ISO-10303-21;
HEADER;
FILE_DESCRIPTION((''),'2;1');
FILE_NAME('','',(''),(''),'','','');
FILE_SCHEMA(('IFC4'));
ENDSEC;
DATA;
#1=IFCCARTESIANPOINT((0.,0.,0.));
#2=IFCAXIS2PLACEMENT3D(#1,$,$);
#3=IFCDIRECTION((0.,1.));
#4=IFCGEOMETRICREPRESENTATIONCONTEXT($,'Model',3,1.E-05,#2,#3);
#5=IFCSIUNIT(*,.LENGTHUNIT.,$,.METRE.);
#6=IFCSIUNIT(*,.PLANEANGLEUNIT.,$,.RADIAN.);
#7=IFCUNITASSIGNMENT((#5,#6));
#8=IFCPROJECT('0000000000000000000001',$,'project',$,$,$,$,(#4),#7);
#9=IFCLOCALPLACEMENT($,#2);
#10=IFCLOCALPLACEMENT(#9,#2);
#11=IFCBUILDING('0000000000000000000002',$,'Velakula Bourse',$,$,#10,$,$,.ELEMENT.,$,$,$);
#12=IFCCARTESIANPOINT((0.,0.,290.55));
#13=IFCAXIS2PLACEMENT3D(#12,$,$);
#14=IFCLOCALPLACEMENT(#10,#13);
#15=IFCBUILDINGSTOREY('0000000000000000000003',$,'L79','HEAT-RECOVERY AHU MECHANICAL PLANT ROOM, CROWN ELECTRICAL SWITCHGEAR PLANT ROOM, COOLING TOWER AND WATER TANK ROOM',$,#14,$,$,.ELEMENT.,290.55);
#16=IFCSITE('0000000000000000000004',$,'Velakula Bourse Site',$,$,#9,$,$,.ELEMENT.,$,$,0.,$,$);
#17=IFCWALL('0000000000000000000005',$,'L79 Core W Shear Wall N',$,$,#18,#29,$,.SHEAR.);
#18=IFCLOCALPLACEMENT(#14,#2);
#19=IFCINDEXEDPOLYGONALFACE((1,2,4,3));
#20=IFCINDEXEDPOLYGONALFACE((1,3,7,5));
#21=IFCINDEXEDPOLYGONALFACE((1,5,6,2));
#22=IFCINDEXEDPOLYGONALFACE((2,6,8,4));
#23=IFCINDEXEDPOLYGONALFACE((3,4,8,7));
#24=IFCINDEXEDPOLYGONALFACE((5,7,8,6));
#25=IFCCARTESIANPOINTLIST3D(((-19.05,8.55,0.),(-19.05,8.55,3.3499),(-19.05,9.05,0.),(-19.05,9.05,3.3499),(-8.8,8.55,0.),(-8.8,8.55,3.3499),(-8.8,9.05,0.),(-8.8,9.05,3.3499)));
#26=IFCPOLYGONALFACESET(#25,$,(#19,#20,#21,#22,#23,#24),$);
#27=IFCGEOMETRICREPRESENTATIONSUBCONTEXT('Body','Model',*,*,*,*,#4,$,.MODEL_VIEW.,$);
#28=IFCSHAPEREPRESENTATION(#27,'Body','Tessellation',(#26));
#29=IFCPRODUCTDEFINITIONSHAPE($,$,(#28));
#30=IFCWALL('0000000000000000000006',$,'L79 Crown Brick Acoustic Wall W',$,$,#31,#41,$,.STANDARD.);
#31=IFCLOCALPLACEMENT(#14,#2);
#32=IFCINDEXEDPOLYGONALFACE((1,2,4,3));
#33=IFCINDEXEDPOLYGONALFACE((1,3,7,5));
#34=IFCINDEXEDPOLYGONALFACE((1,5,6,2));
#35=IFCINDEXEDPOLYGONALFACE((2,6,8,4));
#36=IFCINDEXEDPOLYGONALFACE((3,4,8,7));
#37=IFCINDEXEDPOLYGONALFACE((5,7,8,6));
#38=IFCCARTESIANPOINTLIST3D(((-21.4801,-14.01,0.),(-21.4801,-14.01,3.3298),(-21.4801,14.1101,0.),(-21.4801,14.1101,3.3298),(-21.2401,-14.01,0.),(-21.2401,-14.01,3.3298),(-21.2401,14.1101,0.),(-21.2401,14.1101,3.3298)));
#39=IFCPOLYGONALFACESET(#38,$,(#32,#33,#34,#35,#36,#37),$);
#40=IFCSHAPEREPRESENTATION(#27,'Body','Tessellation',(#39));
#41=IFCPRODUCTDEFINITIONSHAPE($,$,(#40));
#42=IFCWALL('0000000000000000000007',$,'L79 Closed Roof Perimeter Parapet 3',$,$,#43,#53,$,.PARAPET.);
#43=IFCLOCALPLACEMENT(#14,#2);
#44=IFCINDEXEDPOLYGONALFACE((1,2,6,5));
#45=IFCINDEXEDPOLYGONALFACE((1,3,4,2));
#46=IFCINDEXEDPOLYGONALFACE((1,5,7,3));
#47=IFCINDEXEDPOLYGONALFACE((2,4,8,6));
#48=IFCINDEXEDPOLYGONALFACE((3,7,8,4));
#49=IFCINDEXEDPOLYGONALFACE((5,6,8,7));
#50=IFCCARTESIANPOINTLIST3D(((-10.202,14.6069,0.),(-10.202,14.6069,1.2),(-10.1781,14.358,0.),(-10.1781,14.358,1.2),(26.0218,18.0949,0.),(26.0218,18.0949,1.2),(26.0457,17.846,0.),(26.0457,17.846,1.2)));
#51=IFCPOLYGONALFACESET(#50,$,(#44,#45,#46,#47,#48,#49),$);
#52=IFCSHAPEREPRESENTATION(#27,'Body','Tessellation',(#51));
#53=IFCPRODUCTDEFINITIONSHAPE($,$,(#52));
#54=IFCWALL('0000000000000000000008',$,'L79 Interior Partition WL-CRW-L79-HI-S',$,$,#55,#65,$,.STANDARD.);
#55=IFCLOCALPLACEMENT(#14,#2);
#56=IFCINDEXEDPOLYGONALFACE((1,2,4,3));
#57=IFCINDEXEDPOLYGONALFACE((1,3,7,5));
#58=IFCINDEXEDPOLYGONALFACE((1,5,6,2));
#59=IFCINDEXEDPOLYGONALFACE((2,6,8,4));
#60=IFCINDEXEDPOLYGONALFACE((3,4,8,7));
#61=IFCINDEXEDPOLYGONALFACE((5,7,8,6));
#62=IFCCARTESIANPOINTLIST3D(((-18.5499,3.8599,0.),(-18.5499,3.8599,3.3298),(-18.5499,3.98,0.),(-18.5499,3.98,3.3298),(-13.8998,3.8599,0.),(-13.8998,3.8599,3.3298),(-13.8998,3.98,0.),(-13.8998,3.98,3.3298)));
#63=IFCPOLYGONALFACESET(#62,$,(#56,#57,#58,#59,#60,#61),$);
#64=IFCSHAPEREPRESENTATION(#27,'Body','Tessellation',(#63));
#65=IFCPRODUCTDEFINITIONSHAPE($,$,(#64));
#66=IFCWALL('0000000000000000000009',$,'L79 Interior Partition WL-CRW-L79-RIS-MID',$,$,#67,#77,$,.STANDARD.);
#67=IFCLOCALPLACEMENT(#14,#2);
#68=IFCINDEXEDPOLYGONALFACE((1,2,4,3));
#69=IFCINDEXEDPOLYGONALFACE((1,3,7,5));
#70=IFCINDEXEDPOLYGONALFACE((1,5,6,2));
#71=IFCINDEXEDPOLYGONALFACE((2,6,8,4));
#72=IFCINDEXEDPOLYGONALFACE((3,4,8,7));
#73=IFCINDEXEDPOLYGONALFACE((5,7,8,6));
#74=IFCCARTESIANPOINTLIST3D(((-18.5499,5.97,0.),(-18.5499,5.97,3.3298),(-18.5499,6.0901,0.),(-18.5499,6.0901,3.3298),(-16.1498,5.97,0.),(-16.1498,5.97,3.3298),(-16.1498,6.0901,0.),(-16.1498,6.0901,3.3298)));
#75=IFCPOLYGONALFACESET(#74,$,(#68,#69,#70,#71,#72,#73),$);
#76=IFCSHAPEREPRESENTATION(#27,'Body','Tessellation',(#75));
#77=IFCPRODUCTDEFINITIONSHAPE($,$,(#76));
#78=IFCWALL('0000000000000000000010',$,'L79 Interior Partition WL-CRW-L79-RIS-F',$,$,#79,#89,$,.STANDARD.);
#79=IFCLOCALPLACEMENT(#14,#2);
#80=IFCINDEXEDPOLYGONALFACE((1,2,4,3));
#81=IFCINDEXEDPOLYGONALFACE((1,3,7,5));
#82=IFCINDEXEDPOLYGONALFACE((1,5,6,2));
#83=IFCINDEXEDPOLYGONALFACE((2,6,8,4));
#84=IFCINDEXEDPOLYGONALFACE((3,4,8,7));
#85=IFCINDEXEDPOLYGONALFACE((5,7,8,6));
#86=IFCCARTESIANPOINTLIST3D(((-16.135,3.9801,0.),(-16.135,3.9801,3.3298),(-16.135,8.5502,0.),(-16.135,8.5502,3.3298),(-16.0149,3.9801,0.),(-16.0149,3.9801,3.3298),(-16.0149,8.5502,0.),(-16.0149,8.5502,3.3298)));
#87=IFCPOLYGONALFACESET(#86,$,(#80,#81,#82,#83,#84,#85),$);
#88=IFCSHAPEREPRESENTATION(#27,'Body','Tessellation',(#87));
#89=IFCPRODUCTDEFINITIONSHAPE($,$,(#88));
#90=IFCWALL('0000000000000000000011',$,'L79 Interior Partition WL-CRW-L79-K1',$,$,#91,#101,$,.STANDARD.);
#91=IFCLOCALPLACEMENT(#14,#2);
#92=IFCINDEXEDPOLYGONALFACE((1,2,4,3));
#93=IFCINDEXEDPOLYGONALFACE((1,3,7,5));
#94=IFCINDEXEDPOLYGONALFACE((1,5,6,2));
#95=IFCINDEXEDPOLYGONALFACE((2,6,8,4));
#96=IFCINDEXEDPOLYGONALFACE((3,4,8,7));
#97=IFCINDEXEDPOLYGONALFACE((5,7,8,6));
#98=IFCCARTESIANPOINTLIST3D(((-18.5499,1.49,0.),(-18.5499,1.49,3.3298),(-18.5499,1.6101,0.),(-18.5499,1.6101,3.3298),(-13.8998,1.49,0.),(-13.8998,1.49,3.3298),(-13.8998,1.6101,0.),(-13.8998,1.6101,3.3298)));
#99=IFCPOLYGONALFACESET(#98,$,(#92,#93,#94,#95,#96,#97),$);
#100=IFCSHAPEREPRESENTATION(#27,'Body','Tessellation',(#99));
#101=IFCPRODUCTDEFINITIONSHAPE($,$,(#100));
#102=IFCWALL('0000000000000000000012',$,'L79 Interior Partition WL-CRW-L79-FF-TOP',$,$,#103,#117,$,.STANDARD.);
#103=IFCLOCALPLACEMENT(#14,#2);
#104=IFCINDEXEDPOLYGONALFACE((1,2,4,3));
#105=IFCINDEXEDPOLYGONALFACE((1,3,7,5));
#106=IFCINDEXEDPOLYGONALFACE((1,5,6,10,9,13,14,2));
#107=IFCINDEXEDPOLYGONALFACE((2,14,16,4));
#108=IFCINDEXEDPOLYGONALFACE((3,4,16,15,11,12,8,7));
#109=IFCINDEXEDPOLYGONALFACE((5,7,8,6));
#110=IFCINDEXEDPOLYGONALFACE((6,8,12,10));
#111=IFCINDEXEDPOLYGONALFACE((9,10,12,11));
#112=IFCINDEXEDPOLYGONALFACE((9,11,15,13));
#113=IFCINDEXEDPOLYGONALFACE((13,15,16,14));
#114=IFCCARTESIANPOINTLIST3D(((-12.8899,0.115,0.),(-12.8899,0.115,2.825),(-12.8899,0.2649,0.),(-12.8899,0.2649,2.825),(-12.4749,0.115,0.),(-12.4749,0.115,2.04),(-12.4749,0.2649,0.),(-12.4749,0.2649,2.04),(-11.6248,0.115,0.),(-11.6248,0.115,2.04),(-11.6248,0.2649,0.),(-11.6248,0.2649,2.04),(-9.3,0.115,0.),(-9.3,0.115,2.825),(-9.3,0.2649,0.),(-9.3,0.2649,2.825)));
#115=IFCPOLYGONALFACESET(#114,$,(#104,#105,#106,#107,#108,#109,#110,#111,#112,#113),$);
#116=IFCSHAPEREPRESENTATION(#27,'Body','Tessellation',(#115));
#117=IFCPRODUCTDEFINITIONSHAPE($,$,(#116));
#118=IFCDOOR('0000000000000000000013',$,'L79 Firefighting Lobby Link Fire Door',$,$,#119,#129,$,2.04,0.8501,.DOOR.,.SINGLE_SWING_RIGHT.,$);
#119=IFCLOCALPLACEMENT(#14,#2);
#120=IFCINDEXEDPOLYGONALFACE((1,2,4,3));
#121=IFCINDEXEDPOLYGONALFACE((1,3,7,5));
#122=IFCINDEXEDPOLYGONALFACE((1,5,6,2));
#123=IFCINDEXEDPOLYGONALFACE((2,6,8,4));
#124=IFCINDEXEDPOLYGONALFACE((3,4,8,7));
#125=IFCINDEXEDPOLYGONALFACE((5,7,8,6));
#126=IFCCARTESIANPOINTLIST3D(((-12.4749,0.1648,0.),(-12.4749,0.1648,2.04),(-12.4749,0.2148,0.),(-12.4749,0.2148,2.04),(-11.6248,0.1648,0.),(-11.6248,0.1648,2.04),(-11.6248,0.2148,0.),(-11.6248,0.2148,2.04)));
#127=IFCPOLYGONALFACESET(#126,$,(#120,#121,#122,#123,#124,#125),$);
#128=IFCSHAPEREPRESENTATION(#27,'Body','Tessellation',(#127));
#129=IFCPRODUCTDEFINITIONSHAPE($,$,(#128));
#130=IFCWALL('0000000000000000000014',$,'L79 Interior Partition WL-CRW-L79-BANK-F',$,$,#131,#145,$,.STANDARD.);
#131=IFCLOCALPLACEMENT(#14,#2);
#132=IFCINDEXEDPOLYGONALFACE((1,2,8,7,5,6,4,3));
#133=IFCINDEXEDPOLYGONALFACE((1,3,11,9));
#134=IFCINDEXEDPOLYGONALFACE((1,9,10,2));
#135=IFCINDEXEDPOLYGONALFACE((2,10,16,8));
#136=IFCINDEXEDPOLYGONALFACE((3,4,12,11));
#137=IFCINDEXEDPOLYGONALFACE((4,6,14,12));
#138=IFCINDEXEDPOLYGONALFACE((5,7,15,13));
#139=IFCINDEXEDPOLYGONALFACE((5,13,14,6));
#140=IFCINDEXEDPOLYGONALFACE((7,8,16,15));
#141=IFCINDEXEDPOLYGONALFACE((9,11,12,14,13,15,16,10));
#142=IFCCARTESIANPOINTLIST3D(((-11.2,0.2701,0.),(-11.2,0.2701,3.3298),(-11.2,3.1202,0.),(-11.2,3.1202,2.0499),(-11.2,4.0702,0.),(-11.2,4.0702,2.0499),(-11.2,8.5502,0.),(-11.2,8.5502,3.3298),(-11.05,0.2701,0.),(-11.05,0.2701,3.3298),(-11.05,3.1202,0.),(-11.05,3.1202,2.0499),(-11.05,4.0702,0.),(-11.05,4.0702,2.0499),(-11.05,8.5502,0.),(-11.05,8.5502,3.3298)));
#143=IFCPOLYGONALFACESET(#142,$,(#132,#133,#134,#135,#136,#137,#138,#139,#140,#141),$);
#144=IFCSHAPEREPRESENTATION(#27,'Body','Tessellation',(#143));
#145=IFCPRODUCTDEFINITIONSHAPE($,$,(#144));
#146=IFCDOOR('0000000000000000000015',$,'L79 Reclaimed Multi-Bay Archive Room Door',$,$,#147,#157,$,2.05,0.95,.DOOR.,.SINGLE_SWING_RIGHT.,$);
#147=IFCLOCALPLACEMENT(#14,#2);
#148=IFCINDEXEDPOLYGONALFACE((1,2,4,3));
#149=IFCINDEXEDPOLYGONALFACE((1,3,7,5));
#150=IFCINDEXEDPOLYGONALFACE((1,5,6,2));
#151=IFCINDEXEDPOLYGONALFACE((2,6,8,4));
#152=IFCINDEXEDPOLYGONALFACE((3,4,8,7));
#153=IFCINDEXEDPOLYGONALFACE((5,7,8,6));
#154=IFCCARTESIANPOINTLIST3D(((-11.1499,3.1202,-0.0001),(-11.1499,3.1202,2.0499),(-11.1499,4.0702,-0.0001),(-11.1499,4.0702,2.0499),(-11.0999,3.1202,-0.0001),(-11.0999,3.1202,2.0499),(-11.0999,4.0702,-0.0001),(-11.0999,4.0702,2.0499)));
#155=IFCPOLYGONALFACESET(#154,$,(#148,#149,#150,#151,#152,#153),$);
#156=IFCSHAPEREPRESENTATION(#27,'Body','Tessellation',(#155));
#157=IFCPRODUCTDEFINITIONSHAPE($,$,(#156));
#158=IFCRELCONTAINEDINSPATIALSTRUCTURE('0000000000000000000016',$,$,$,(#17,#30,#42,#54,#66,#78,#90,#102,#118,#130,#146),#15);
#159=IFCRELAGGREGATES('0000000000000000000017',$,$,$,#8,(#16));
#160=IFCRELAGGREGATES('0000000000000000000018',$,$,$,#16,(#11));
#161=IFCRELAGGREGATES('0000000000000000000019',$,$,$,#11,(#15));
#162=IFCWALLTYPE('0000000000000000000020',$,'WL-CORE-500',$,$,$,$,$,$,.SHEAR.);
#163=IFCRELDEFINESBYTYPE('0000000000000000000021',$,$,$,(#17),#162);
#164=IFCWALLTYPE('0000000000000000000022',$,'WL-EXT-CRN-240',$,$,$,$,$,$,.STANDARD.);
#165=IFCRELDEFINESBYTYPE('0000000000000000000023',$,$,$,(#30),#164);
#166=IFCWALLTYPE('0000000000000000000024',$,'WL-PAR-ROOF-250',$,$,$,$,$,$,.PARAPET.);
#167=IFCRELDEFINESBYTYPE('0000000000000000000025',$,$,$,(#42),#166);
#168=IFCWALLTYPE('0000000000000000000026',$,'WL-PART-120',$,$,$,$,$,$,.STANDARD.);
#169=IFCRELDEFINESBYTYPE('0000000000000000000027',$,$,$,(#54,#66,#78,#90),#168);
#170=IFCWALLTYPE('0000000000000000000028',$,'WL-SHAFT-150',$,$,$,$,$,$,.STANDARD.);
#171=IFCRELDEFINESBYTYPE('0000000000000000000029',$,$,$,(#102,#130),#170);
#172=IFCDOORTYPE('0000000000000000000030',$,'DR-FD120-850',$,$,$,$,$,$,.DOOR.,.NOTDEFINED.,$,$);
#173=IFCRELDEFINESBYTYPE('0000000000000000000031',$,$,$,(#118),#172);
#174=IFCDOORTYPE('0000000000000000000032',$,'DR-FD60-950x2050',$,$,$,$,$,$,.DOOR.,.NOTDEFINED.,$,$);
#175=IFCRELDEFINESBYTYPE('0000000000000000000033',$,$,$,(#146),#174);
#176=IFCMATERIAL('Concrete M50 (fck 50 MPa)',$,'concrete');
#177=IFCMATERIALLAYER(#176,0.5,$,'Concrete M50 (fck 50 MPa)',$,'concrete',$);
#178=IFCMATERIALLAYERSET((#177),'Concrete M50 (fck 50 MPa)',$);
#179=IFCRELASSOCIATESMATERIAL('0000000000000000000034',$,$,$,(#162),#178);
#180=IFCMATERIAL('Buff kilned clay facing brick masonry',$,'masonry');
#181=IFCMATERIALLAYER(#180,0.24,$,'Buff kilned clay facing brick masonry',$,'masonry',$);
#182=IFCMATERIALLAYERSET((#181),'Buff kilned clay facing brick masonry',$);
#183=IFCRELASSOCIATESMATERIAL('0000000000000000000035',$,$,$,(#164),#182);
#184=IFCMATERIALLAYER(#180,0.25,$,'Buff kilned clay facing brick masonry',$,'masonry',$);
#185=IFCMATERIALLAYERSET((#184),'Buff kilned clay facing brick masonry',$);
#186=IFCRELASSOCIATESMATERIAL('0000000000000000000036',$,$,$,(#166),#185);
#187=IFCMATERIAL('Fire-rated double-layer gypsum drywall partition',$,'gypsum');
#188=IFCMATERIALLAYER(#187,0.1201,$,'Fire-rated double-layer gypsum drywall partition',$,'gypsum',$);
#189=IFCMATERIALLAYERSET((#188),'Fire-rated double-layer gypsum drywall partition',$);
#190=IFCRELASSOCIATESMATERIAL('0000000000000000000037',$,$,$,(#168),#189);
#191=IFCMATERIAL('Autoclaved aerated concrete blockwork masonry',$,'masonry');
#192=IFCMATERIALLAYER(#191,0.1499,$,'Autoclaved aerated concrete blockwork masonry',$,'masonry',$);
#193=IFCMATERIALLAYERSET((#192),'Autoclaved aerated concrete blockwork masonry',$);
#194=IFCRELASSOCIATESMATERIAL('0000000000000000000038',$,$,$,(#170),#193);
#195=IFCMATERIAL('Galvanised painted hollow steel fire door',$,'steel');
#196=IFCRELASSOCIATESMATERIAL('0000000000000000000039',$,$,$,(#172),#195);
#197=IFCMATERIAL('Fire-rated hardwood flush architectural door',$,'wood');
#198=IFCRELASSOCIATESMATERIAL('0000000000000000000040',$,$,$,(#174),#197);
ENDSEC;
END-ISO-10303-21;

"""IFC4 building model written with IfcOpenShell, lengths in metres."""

from ifc_helpers import new_model, si_unit, direction, frame, frame_2d, origin, place, context, subcontext, project, spatial, rectangle, extrude, material, layer, layer_set, type_object, element, fill, save


model = new_model("IFC4")

# Units and contexts
model_context = context("Model", 3, precision=1e-05, world=origin(), true_north=direction((0.0, 1.0)))
body_context = subcontext(model_context, "Body", "Model", "MODEL_VIEW")
ifc_project = project(units=[si_unit("LENGTHUNIT", "METRE"), si_unit("PLANEANGLEUNIT", "RADIAN")], contexts=[model_context])

# Site, building, storey
site_placement = place(None, origin())
site = spatial("IfcSite", under=ifc_project, at=site_placement, Name="Velakula Bourse Site", CompositionType="ELEMENT", RefElevation=0.0)
building_placement = place(site_placement, origin())
building = spatial("IfcBuilding", under=site, at=building_placement, Name="Velakula Bourse", CompositionType="ELEMENT")
storey_placement = place(building_placement, frame((0.0, 0.0, 290.55)))
storey = spatial("IfcBuildingStorey", under=building, at=storey_placement, Name="L79", Description="HEAT-RECOVERY AHU MECHANICAL PLANT ROOM, CROWN ELECTRICAL SWITCHGEAR PLANT ROOM, COOLING TOWER AND WATER TANK ROOM", CompositionType="ELEMENT", Elevation=290.55)

# Shared definitions
ifc_material_1 = material(Name="Concrete M50 (fck 50 MPa)", Category="concrete")

# Walls
ifc_layer_1 = layer(ifc_material_1, 0.5, Name="Concrete M50 (fck 50 MPa)", Category="concrete")
ifc_layer_set_1 = layer_set([ifc_layer_1], Name="Concrete M50 (fck 50 MPa)")
wall_type_1 = type_object("IfcWallType", Name="WL-CORE-500", PredefinedType="SHEAR", material=ifc_layer_set_1)
wall_1_placement = place(storey_placement, frame((-19.05, 8.8, 0.0), z_axis=(0.0, 0.0, 1.0), x_axis=(1.0, 0.0, 0.0)))
element("IfcWall", 1, at=wall_1_placement, inside=storey, type_object=wall_type_1, Name="L79 Core W Shear Wall N", PredefinedType="SHEAR", context=body_context, shape_type="SweptSolid", body=[
    extrude(rectangle(XDim=10.25, YDim=0.5, at=frame_2d((5.125, 0.0))), origin(), (0.0, 0.0, 1.0), 3.3499),
])
ifc_material_2 = material(Name="Buff kilned clay facing brick masonry", Category="masonry")
ifc_layer_2 = layer(ifc_material_2, 0.24, Name="Buff kilned clay facing brick masonry", Category="masonry")
ifc_layer_set_2 = layer_set([ifc_layer_2], Name="Buff kilned clay facing brick masonry")
wall_type_2 = type_object("IfcWallType", Name="WL-EXT-CRN-240", PredefinedType="STANDARD", material=ifc_layer_set_2)
wall_2_placement = place(storey_placement, frame((-21.3601, 14.1101, 0.0), z_axis=(0.0, 0.0, 1.0), x_axis=(0.0, -1.0, 0.0)))
element("IfcWall", 2, at=wall_2_placement, inside=storey, type_object=wall_type_2, Name="L79 Crown Brick Acoustic Wall W", PredefinedType="STANDARD", context=body_context, shape_type="SweptSolid", body=[
    extrude(rectangle(XDim=28.1201, YDim=0.24, at=frame_2d((14.0601, 0.0))), origin(), (0.0, 0.0, 1.0), 3.3298),
])
ifc_layer_3 = layer(ifc_material_2, 0.25, Name="Buff kilned clay facing brick masonry", Category="masonry")
ifc_layer_set_3 = layer_set([ifc_layer_3], Name="Buff kilned clay facing brick masonry")
wall_type_3 = type_object("IfcWallType", Name="WL-PAR-ROOF-250", PredefinedType="PARAPET", material=ifc_layer_set_3)
wall_3_placement = place(storey_placement, frame((-10.1902, 14.4824, 0.0), z_axis=(0.0, 0.0, 1.0), x_axis=(0.995396, 0.095848, 0.0)))
element("IfcWall", 3, at=wall_3_placement, inside=storey, type_object=wall_type_3, Name="L79 Closed Roof Perimeter Parapet 3", PredefinedType="PARAPET", context=body_context, shape_type="SweptSolid", body=[
    extrude(rectangle(XDim=36.3914, YDim=0.25, at=frame_2d((18.1958, 0.0))), origin(), (0.0, 0.0, 1.0), 1.2),
])
ifc_material_3 = material(Name="Fire-rated double-layer gypsum drywall partition", Category="gypsum")
ifc_layer_4 = layer(ifc_material_3, 0.1201, Name="Fire-rated double-layer gypsum drywall partition", Category="gypsum")
ifc_layer_set_4 = layer_set([ifc_layer_4], Name="Fire-rated double-layer gypsum drywall partition")
wall_type_4 = type_object("IfcWallType", Name="WL-PART-120", PredefinedType="STANDARD", material=ifc_layer_set_4)
wall_4_placement = place(storey_placement, frame((-18.55, 3.9199, 0.0), z_axis=(0.0, 0.0, 1.0), x_axis=(1.0, 0.0, 0.0)))
element("IfcWall", 4, at=wall_4_placement, inside=storey, type_object=wall_type_4, Name="L79 Interior Partition WL-CRW-L79-HI-S", PredefinedType="STANDARD", context=body_context, shape_type="SweptSolid", body=[
    extrude(rectangle(XDim=4.6501, YDim=0.1201, at=frame_2d((2.3252, 0.0))), origin(), (0.0, 0.0, 1.0), 3.3298),
])
wall_5_placement = place(storey_placement, frame((-18.55, 6.03, 0.0), z_axis=(0.0, 0.0, 1.0), x_axis=(1.0, 0.0, 0.0)))
element("IfcWall", 5, at=wall_5_placement, inside=storey, type_object=wall_type_4, Name="L79 Interior Partition WL-CRW-L79-RIS-MID", PredefinedType="STANDARD", context=body_context, shape_type="SweptSolid", body=[
    extrude(rectangle(XDim=2.4001, YDim=0.1201, at=frame_2d((1.2002, 0.0))), origin(), (0.0, 0.0, 1.0), 3.3298),
])
wall_6_placement = place(storey_placement, frame((-16.075, 3.98, 0.0), z_axis=(0.0, 0.0, 1.0), x_axis=(0.0, 1.0, 0.0)))
element("IfcWall", 6, at=wall_6_placement, inside=storey, type_object=wall_type_4, Name="L79 Interior Partition WL-CRW-L79-RIS-F", PredefinedType="STANDARD", context=body_context, shape_type="SweptSolid", body=[
    extrude(rectangle(XDim=4.5701, YDim=0.1201, at=frame_2d((2.2852, 0.0))), origin(), (0.0, 0.0, 1.0), 3.3298),
])
wall_7_placement = place(storey_placement, frame((-18.55, 1.55, 0.0), z_axis=(0.0, 0.0, 1.0), x_axis=(1.0, 0.0, 0.0)))
element("IfcWall", 7, at=wall_7_placement, inside=storey, type_object=wall_type_4, Name="L79 Interior Partition WL-CRW-L79-K1", PredefinedType="STANDARD", context=body_context, shape_type="SweptSolid", body=[
    extrude(rectangle(XDim=4.6501, YDim=0.1201, at=frame_2d((2.3252, 0.0))), origin(), (0.0, 0.0, 1.0), 3.3298),
])

# Walls, openings, doors
ifc_material_4 = material(Name="Autoclaved aerated concrete blockwork masonry", Category="masonry")
ifc_layer_5 = layer(ifc_material_4, 0.1499, Name="Autoclaved aerated concrete blockwork masonry", Category="masonry")
ifc_layer_set_5 = layer_set([ifc_layer_5], Name="Autoclaved aerated concrete blockwork masonry")
wall_type_5 = type_object("IfcWallType", Name="WL-SHAFT-150", PredefinedType="STANDARD", material=ifc_layer_set_5)
wall_8_placement = place(storey_placement, frame((-12.8899, 0.1899, 0.0), z_axis=(0.0, 0.0, 1.0), x_axis=(1.0, 0.0, 0.0)))
wall_8 = element("IfcWall", 8, at=wall_8_placement, inside=storey, type_object=wall_type_5, Name="L79 Interior Partition WL-CRW-L79-FF-TOP", PredefinedType="STANDARD", context=body_context, shape_type="SweptSolid", body=[
    extrude(rectangle(XDim=3.5898, YDim=0.1499, at=frame_2d((1.7949, 0.0))), origin(), (0.0, 0.0, 1.0), 2.825),
])
opening_1_placement = place(wall_8_placement, frame((0.415, 0.0, 0.0)))
opening_1 = element("IfcOpeningElement", 9, at=opening_1_placement, cuts=wall_8, PredefinedType="OPENING", context=body_context, shape_type="SweptSolid", body=[
    extrude(rectangle(XDim=0.8501, YDim=2.04, at=frame_2d((0.425, 1.02))), frame((0.0, 0.085, 0.0), z_axis=(0.0, -1.0, 0.0), x_axis=(1.0, 0.0, 0.0)), (0.0, 0.0, 1.0), 0.1699),
])
ifc_material_5 = material(Name="Galvanised painted hollow steel fire door", Category="steel")
door_type_1 = type_object("IfcDoorType", Name="DR-FD120-850", OperationType="NOTDEFINED", PredefinedType="DOOR", material=ifc_material_5)
door_1_placement = place(opening_1_placement, origin())
door_1 = element("IfcDoor", 10, at=door_1_placement, inside=storey, type_object=door_type_1, Name="L79 Firefighting Lobby Link Fire Door", OperationType="SINGLE_SWING_RIGHT", OverallHeight=2.04, OverallWidth=0.8501, PredefinedType="DOOR", context=body_context, shape_type="SweptSolid", body=[
    extrude(rectangle(XDim=0.8501, YDim=2.04, at=frame_2d((0.425, 1.02))), frame((0.0, 0.0249, 0.0), z_axis=(0.0, -1.0, 0.0), x_axis=(1.0, 0.0, 0.0)), (0.0, 0.0, 1.0), 0.05),
])
fill(opening_1, door_1)
wall_9_placement = place(storey_placement, frame((-11.125, 0.27, 0.0), z_axis=(0.0, 0.0, 1.0), x_axis=(0.0, 1.0, 0.0)))
wall_9 = element("IfcWall", 11, at=wall_9_placement, inside=storey, type_object=wall_type_5, Name="L79 Interior Partition WL-CRW-L79-BANK-F", PredefinedType="STANDARD", context=body_context, shape_type="SweptSolid", body=[
    extrude(rectangle(XDim=8.28, YDim=0.1499, at=frame_2d((4.1401, 0.0))), origin(), (0.0, 0.0, 1.0), 3.3298),
])
opening_2_placement = place(wall_9_placement, frame((2.8501, 0.0, 0.0)))
opening_2 = element("IfcOpeningElement", 12, at=opening_2_placement, cuts=wall_9, PredefinedType="OPENING", context=body_context, shape_type="SweptSolid", body=[
    extrude(rectangle(XDim=0.95, YDim=2.05, at=frame_2d((0.4751, 1.0249))), frame((0.0, 0.085, 0.0), z_axis=(0.0, -1.0, 0.0), x_axis=(1.0, 0.0, 0.0)), (0.0, 0.0, 1.0), 0.1699),
])
ifc_material_6 = material(Name="Fire-rated hardwood flush architectural door", Category="wood")
door_type_2 = type_object("IfcDoorType", Name="DR-FD60-950x2050", OperationType="NOTDEFINED", PredefinedType="DOOR", material=ifc_material_6)
door_2_placement = place(opening_2_placement, origin())
door_2 = element("IfcDoor", 13, at=door_2_placement, inside=storey, type_object=door_type_2, Name="L79 Reclaimed Multi-Bay Archive Room Door", OperationType="SINGLE_SWING_RIGHT", OverallHeight=2.05, OverallWidth=0.95, PredefinedType="DOOR", context=body_context, shape_type="SweptSolid", body=[
    extrude(rectangle(XDim=0.95, YDim=2.05, at=frame_2d((0.4751, 1.0249))), frame((0.0, 0.0249, 0.0), z_axis=(0.0, -1.0, 0.0), x_axis=(1.0, 0.0, 0.0)), (0.0, 0.0, 1.0), 0.05),
])
fill(opening_2, door_2)

save(model, "model.ifc")
